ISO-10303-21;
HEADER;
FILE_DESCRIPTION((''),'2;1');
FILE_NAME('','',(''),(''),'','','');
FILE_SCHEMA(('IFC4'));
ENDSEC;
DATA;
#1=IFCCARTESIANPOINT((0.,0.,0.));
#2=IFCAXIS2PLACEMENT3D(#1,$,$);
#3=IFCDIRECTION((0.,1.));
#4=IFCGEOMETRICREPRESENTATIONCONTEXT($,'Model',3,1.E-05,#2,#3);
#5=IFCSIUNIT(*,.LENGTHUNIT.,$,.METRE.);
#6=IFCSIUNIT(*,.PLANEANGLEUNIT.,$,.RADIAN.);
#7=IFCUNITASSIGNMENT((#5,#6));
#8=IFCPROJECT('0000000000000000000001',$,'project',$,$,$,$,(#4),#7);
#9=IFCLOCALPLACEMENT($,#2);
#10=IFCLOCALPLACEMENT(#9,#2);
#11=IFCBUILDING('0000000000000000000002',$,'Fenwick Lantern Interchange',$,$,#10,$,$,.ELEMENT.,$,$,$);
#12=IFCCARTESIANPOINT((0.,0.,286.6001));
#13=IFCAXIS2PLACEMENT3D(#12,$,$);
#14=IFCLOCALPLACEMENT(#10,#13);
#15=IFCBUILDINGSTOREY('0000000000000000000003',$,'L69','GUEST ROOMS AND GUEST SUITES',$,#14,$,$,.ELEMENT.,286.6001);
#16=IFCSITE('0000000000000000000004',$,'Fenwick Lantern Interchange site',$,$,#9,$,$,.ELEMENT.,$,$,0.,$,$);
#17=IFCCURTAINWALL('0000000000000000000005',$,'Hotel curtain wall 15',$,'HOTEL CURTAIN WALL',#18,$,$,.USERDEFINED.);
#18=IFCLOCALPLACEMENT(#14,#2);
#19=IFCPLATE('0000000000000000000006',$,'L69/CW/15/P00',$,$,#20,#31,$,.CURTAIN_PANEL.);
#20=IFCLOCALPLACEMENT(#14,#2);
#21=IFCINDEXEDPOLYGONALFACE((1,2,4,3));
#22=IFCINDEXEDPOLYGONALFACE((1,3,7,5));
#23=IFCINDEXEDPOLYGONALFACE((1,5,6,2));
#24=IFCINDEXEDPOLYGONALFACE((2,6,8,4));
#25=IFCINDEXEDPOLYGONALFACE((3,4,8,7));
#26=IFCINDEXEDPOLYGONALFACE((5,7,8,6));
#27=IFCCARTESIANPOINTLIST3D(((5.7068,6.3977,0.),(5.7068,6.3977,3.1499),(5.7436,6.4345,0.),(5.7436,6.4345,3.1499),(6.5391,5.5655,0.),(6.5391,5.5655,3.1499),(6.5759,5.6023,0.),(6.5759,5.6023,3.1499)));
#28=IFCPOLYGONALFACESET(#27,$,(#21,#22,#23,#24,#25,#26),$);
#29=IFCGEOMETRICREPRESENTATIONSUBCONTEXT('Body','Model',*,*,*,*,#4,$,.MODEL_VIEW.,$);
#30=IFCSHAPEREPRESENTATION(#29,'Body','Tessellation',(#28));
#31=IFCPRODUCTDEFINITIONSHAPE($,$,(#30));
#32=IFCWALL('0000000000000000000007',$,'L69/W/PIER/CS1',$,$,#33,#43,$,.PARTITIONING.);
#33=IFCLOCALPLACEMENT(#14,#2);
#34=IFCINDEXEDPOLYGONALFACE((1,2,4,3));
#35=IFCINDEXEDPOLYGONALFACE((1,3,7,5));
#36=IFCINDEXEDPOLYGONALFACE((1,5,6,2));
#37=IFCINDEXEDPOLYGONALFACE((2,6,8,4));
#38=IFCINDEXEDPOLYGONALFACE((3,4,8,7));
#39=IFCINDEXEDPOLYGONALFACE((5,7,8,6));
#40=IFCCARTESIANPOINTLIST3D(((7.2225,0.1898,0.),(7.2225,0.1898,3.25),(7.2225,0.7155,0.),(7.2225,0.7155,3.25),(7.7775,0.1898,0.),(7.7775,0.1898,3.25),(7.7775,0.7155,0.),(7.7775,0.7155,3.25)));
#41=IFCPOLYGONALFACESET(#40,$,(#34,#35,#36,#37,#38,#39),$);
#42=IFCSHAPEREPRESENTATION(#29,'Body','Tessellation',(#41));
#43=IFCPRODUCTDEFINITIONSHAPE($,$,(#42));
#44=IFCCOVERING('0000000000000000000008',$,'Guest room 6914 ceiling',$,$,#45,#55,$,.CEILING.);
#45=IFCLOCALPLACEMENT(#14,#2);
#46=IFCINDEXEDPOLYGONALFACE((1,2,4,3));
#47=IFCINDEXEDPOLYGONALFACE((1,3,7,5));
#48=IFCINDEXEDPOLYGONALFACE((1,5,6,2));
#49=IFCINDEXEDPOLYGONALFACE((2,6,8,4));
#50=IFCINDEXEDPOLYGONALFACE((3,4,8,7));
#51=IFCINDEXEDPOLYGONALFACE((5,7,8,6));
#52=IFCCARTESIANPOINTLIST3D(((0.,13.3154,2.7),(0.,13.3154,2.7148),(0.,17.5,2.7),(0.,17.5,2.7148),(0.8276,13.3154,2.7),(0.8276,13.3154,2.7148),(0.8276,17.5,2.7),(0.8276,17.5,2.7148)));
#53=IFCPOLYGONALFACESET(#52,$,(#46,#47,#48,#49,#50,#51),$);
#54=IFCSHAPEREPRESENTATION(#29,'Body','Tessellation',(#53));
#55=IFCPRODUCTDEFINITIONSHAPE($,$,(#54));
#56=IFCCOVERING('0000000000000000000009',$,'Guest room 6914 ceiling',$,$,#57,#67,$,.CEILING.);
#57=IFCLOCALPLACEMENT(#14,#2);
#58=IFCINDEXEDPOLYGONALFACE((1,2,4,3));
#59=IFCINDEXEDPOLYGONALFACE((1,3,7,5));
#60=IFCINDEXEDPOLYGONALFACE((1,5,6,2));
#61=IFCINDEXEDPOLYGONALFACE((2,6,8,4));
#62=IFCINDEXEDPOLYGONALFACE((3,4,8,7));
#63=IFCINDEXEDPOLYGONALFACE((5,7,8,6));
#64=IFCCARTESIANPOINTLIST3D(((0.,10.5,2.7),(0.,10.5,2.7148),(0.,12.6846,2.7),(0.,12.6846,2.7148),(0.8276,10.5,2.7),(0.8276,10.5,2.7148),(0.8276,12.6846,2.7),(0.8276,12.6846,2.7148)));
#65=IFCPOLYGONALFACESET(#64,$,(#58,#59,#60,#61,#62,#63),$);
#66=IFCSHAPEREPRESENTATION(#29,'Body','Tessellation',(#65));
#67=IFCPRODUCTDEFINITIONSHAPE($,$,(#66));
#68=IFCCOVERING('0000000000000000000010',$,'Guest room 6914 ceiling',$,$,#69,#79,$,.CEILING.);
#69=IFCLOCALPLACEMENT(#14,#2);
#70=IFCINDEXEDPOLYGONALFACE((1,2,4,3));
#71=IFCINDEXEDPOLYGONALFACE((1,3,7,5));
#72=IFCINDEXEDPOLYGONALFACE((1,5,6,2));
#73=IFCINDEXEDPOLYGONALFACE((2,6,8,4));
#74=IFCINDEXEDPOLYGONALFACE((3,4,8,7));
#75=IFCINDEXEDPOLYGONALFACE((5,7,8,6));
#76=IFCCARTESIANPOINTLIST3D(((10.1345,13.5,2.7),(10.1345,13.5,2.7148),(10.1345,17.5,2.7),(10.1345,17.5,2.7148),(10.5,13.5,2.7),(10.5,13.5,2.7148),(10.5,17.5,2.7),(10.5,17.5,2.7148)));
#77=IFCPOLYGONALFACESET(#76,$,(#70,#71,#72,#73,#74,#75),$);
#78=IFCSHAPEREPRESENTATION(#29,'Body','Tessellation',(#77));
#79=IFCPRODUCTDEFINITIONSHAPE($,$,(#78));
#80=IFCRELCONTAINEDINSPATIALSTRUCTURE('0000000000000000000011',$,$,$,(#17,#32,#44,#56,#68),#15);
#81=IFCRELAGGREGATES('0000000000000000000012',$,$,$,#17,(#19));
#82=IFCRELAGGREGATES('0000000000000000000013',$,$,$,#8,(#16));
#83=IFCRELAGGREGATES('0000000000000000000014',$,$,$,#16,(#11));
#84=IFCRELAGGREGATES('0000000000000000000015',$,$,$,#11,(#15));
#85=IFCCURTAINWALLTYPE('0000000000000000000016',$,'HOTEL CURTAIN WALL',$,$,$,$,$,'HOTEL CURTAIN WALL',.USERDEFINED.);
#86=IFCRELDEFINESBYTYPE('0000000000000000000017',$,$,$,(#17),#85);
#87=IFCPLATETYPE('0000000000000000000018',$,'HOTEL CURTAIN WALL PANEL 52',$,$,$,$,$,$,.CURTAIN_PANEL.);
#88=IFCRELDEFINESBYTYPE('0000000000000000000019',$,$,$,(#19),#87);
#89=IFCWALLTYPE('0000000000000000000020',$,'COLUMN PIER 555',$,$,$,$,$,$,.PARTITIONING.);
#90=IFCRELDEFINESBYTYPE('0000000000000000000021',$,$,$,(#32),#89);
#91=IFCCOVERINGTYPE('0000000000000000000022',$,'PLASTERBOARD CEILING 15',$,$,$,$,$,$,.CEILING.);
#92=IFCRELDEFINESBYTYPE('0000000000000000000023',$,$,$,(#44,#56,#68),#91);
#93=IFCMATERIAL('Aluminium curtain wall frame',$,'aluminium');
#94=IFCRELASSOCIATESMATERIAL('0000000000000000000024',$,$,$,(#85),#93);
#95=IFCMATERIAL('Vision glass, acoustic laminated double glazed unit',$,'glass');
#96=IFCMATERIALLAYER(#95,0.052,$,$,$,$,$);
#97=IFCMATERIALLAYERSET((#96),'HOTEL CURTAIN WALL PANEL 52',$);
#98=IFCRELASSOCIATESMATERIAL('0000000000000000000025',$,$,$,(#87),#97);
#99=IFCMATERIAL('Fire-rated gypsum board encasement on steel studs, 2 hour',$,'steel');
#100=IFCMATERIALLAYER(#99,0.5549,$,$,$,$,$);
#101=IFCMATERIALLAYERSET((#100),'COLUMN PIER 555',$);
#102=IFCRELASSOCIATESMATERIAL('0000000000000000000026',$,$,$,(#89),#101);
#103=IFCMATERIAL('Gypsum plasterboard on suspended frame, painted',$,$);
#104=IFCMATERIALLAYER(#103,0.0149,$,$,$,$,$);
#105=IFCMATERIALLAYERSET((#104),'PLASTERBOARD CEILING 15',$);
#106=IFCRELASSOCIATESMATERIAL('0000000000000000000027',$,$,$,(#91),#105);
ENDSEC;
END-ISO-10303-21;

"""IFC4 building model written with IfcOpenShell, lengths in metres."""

from ifc_helpers import new_model, si_unit, direction, frame, frame_2d, origin, origin_2d, place, context, subcontext, project, spatial, polyline, rectangle, outline, extrude, material, layer, layer_set, type_object, element, aggregate, save


model = new_model("IFC4")

# Units and contexts
model_context = context("Model", 3, precision=1e-05, world=origin(), true_north=direction((0.0, 1.0)))
body_context = subcontext(model_context, "Body", "Model", "MODEL_VIEW")
ifc_project = project(units=[si_unit("LENGTHUNIT", "METRE"), si_unit("PLANEANGLEUNIT", "RADIAN")], contexts=[model_context])

# Site, building, storey
site_placement = place(None, origin())
site = spatial("IfcSite", under=ifc_project, at=site_placement, Name="Fenwick Lantern Interchange site", CompositionType="ELEMENT", RefElevation=0.0)
building_placement = place(site_placement, origin())
building = spatial("IfcBuilding", under=site, at=building_placement, Name="Fenwick Lantern Interchange", CompositionType="ELEMENT")
storey_placement = place(building_placement, frame((0.0, 0.0, 286.6001)))
storey = spatial("IfcBuildingStorey", under=building, at=storey_placement, Name="L69", Description="GUEST ROOMS AND GUEST SUITES", CompositionType="ELEMENT", Elevation=286.6001)

# Shared definitions
ifc_material_1 = material(Name="Aluminium curtain wall frame", Category="aluminium")
curtain_wall_type = type_object("IfcCurtainWallType", Name="HOTEL CURTAIN WALL", ElementType="HOTEL CURTAIN WALL", PredefinedType="USERDEFINED", material=ifc_material_1)

# Curtain wall
curtain_wall_1_placement = place(storey_placement, origin())
curtain_wall_1 = element("IfcCurtainWall", 1, at=curtain_wall_1_placement, inside=storey, type_object=curtain_wall_type, Name="Hotel curtain wall 15", ObjectType="HOTEL CURTAIN WALL", PredefinedType="USERDEFINED")

# Plate
ifc_material_2 = material(Name="Vision glass, acoustic laminated double glazed unit", Category="glass")
ifc_layer_1 = layer(ifc_material_2, 0.052)
ifc_layer_set_1 = layer_set([ifc_layer_1], Name="HOTEL CURTAIN WALL PANEL 52")
plate_type = type_object("IfcPlateType", Name="HOTEL CURTAIN WALL PANEL 52", PredefinedType="CURTAIN_PANEL", material=ifc_layer_set_1)
plate_1_placement = place(storey_placement, frame((6.1414, 6.0, 0.0), z_axis=(0.0, 0.0, 1.0), x_axis=(0.707107, -0.707107, 0.0)))
plate_1 = element("IfcPlate", 2, at=plate_1_placement, type_object=plate_type, Name="L69/CW/15/P00", PredefinedType="CURTAIN_PANEL", context=body_context, shape_type="SweptSolid", body=[
    extrude(rectangle(XDim=1.177, YDim=0.052, at=origin_2d()), origin(), (0.0, 0.0, 1.0), 3.1499),
])
aggregate(curtain_wall_1, [plate_1])

# Wall
ifc_material_3 = material(Name="Fire-rated gypsum board encasement on steel studs, 2 hour", Category="steel")
ifc_layer_2 = layer(ifc_material_3, 0.5549)
ifc_layer_set_2 = layer_set([ifc_layer_2], Name="COLUMN PIER 555")
wall_type = type_object("IfcWallType", Name="COLUMN PIER 555", PredefinedType="PARTITIONING", material=ifc_layer_set_2)
wall_placement = place(storey_placement, frame((7.5, 0.1899, 0.0), z_axis=(0.0, 0.0, 1.0), x_axis=(0.0, 1.0, 0.0)))
element("IfcWall", 3, at=wall_placement, inside=storey, type_object=wall_type, Name="L69/W/PIER/CS1", PredefinedType="PARTITIONING", context=body_context, shape_type="SweptSolid", body=[
    extrude(rectangle(XDim=0.5256, YDim=0.5549, at=frame_2d((0.2627, 0.0))), origin(), (0.0, 0.0, 1.0), 3.25),
])

# Coverings
ifc_material_4 = material(Name="Gypsum plasterboard on suspended frame, painted")
ifc_layer_3 = layer(ifc_material_4, 0.0149)
ifc_layer_set_3 = layer_set([ifc_layer_3], Name="PLASTERBOARD CEILING 15")
covering_type_1 = type_object("IfcCoveringType", Name="PLASTERBOARD CEILING 15", PredefinedType="CEILING", material=ifc_layer_set_3)
covering_1_placement = place(storey_placement, frame((0.0, 0.0, 2.7)))
element("IfcCovering", 4, at=covering_1_placement, inside=storey, type_object=covering_type_1, Name="Guest room 6914 ceiling", PredefinedType="CEILING", context=body_context, shape_type="SweptSolid", body=[
    extrude(outline(polyline([(0.0, 13.3154), (0.8276, 13.3154), (0.8276, 17.5), (0.0, 17.5), (0.0, 13.3154)])), origin(), (0.0, 0.0, 1.0), 0.0149),
])
covering_2_placement = place(storey_placement, frame((0.0, 0.0, 2.7)))
element("IfcCovering", 5, at=covering_2_placement, inside=storey, type_object=covering_type_1, Name="Guest room 6914 ceiling", PredefinedType="CEILING", context=body_context, shape_type="SweptSolid", body=[
    extrude(outline(polyline([(0.8276, 12.6846), (0.0, 12.6846), (0.0, 10.5), (0.8276, 10.5), (0.8276, 12.6846)])), origin(), (0.0, 0.0, 1.0), 0.0149),
])
covering_3_placement = place(storey_placement, frame((0.0, 0.0, 2.7)))
element("IfcCovering", 6, at=covering_3_placement, inside=storey, type_object=covering_type_1, Name="Guest room 6914 ceiling", PredefinedType="CEILING", context=body_context, shape_type="SweptSolid", body=[
    extrude(outline(polyline([(10.5, 17.5), (10.1345, 17.5), (10.1345, 13.5), (10.5, 13.5), (10.5, 17.5)])), origin(), (0.0, 0.0, 1.0), 0.0149),
])

save(model, "model.ifc")
